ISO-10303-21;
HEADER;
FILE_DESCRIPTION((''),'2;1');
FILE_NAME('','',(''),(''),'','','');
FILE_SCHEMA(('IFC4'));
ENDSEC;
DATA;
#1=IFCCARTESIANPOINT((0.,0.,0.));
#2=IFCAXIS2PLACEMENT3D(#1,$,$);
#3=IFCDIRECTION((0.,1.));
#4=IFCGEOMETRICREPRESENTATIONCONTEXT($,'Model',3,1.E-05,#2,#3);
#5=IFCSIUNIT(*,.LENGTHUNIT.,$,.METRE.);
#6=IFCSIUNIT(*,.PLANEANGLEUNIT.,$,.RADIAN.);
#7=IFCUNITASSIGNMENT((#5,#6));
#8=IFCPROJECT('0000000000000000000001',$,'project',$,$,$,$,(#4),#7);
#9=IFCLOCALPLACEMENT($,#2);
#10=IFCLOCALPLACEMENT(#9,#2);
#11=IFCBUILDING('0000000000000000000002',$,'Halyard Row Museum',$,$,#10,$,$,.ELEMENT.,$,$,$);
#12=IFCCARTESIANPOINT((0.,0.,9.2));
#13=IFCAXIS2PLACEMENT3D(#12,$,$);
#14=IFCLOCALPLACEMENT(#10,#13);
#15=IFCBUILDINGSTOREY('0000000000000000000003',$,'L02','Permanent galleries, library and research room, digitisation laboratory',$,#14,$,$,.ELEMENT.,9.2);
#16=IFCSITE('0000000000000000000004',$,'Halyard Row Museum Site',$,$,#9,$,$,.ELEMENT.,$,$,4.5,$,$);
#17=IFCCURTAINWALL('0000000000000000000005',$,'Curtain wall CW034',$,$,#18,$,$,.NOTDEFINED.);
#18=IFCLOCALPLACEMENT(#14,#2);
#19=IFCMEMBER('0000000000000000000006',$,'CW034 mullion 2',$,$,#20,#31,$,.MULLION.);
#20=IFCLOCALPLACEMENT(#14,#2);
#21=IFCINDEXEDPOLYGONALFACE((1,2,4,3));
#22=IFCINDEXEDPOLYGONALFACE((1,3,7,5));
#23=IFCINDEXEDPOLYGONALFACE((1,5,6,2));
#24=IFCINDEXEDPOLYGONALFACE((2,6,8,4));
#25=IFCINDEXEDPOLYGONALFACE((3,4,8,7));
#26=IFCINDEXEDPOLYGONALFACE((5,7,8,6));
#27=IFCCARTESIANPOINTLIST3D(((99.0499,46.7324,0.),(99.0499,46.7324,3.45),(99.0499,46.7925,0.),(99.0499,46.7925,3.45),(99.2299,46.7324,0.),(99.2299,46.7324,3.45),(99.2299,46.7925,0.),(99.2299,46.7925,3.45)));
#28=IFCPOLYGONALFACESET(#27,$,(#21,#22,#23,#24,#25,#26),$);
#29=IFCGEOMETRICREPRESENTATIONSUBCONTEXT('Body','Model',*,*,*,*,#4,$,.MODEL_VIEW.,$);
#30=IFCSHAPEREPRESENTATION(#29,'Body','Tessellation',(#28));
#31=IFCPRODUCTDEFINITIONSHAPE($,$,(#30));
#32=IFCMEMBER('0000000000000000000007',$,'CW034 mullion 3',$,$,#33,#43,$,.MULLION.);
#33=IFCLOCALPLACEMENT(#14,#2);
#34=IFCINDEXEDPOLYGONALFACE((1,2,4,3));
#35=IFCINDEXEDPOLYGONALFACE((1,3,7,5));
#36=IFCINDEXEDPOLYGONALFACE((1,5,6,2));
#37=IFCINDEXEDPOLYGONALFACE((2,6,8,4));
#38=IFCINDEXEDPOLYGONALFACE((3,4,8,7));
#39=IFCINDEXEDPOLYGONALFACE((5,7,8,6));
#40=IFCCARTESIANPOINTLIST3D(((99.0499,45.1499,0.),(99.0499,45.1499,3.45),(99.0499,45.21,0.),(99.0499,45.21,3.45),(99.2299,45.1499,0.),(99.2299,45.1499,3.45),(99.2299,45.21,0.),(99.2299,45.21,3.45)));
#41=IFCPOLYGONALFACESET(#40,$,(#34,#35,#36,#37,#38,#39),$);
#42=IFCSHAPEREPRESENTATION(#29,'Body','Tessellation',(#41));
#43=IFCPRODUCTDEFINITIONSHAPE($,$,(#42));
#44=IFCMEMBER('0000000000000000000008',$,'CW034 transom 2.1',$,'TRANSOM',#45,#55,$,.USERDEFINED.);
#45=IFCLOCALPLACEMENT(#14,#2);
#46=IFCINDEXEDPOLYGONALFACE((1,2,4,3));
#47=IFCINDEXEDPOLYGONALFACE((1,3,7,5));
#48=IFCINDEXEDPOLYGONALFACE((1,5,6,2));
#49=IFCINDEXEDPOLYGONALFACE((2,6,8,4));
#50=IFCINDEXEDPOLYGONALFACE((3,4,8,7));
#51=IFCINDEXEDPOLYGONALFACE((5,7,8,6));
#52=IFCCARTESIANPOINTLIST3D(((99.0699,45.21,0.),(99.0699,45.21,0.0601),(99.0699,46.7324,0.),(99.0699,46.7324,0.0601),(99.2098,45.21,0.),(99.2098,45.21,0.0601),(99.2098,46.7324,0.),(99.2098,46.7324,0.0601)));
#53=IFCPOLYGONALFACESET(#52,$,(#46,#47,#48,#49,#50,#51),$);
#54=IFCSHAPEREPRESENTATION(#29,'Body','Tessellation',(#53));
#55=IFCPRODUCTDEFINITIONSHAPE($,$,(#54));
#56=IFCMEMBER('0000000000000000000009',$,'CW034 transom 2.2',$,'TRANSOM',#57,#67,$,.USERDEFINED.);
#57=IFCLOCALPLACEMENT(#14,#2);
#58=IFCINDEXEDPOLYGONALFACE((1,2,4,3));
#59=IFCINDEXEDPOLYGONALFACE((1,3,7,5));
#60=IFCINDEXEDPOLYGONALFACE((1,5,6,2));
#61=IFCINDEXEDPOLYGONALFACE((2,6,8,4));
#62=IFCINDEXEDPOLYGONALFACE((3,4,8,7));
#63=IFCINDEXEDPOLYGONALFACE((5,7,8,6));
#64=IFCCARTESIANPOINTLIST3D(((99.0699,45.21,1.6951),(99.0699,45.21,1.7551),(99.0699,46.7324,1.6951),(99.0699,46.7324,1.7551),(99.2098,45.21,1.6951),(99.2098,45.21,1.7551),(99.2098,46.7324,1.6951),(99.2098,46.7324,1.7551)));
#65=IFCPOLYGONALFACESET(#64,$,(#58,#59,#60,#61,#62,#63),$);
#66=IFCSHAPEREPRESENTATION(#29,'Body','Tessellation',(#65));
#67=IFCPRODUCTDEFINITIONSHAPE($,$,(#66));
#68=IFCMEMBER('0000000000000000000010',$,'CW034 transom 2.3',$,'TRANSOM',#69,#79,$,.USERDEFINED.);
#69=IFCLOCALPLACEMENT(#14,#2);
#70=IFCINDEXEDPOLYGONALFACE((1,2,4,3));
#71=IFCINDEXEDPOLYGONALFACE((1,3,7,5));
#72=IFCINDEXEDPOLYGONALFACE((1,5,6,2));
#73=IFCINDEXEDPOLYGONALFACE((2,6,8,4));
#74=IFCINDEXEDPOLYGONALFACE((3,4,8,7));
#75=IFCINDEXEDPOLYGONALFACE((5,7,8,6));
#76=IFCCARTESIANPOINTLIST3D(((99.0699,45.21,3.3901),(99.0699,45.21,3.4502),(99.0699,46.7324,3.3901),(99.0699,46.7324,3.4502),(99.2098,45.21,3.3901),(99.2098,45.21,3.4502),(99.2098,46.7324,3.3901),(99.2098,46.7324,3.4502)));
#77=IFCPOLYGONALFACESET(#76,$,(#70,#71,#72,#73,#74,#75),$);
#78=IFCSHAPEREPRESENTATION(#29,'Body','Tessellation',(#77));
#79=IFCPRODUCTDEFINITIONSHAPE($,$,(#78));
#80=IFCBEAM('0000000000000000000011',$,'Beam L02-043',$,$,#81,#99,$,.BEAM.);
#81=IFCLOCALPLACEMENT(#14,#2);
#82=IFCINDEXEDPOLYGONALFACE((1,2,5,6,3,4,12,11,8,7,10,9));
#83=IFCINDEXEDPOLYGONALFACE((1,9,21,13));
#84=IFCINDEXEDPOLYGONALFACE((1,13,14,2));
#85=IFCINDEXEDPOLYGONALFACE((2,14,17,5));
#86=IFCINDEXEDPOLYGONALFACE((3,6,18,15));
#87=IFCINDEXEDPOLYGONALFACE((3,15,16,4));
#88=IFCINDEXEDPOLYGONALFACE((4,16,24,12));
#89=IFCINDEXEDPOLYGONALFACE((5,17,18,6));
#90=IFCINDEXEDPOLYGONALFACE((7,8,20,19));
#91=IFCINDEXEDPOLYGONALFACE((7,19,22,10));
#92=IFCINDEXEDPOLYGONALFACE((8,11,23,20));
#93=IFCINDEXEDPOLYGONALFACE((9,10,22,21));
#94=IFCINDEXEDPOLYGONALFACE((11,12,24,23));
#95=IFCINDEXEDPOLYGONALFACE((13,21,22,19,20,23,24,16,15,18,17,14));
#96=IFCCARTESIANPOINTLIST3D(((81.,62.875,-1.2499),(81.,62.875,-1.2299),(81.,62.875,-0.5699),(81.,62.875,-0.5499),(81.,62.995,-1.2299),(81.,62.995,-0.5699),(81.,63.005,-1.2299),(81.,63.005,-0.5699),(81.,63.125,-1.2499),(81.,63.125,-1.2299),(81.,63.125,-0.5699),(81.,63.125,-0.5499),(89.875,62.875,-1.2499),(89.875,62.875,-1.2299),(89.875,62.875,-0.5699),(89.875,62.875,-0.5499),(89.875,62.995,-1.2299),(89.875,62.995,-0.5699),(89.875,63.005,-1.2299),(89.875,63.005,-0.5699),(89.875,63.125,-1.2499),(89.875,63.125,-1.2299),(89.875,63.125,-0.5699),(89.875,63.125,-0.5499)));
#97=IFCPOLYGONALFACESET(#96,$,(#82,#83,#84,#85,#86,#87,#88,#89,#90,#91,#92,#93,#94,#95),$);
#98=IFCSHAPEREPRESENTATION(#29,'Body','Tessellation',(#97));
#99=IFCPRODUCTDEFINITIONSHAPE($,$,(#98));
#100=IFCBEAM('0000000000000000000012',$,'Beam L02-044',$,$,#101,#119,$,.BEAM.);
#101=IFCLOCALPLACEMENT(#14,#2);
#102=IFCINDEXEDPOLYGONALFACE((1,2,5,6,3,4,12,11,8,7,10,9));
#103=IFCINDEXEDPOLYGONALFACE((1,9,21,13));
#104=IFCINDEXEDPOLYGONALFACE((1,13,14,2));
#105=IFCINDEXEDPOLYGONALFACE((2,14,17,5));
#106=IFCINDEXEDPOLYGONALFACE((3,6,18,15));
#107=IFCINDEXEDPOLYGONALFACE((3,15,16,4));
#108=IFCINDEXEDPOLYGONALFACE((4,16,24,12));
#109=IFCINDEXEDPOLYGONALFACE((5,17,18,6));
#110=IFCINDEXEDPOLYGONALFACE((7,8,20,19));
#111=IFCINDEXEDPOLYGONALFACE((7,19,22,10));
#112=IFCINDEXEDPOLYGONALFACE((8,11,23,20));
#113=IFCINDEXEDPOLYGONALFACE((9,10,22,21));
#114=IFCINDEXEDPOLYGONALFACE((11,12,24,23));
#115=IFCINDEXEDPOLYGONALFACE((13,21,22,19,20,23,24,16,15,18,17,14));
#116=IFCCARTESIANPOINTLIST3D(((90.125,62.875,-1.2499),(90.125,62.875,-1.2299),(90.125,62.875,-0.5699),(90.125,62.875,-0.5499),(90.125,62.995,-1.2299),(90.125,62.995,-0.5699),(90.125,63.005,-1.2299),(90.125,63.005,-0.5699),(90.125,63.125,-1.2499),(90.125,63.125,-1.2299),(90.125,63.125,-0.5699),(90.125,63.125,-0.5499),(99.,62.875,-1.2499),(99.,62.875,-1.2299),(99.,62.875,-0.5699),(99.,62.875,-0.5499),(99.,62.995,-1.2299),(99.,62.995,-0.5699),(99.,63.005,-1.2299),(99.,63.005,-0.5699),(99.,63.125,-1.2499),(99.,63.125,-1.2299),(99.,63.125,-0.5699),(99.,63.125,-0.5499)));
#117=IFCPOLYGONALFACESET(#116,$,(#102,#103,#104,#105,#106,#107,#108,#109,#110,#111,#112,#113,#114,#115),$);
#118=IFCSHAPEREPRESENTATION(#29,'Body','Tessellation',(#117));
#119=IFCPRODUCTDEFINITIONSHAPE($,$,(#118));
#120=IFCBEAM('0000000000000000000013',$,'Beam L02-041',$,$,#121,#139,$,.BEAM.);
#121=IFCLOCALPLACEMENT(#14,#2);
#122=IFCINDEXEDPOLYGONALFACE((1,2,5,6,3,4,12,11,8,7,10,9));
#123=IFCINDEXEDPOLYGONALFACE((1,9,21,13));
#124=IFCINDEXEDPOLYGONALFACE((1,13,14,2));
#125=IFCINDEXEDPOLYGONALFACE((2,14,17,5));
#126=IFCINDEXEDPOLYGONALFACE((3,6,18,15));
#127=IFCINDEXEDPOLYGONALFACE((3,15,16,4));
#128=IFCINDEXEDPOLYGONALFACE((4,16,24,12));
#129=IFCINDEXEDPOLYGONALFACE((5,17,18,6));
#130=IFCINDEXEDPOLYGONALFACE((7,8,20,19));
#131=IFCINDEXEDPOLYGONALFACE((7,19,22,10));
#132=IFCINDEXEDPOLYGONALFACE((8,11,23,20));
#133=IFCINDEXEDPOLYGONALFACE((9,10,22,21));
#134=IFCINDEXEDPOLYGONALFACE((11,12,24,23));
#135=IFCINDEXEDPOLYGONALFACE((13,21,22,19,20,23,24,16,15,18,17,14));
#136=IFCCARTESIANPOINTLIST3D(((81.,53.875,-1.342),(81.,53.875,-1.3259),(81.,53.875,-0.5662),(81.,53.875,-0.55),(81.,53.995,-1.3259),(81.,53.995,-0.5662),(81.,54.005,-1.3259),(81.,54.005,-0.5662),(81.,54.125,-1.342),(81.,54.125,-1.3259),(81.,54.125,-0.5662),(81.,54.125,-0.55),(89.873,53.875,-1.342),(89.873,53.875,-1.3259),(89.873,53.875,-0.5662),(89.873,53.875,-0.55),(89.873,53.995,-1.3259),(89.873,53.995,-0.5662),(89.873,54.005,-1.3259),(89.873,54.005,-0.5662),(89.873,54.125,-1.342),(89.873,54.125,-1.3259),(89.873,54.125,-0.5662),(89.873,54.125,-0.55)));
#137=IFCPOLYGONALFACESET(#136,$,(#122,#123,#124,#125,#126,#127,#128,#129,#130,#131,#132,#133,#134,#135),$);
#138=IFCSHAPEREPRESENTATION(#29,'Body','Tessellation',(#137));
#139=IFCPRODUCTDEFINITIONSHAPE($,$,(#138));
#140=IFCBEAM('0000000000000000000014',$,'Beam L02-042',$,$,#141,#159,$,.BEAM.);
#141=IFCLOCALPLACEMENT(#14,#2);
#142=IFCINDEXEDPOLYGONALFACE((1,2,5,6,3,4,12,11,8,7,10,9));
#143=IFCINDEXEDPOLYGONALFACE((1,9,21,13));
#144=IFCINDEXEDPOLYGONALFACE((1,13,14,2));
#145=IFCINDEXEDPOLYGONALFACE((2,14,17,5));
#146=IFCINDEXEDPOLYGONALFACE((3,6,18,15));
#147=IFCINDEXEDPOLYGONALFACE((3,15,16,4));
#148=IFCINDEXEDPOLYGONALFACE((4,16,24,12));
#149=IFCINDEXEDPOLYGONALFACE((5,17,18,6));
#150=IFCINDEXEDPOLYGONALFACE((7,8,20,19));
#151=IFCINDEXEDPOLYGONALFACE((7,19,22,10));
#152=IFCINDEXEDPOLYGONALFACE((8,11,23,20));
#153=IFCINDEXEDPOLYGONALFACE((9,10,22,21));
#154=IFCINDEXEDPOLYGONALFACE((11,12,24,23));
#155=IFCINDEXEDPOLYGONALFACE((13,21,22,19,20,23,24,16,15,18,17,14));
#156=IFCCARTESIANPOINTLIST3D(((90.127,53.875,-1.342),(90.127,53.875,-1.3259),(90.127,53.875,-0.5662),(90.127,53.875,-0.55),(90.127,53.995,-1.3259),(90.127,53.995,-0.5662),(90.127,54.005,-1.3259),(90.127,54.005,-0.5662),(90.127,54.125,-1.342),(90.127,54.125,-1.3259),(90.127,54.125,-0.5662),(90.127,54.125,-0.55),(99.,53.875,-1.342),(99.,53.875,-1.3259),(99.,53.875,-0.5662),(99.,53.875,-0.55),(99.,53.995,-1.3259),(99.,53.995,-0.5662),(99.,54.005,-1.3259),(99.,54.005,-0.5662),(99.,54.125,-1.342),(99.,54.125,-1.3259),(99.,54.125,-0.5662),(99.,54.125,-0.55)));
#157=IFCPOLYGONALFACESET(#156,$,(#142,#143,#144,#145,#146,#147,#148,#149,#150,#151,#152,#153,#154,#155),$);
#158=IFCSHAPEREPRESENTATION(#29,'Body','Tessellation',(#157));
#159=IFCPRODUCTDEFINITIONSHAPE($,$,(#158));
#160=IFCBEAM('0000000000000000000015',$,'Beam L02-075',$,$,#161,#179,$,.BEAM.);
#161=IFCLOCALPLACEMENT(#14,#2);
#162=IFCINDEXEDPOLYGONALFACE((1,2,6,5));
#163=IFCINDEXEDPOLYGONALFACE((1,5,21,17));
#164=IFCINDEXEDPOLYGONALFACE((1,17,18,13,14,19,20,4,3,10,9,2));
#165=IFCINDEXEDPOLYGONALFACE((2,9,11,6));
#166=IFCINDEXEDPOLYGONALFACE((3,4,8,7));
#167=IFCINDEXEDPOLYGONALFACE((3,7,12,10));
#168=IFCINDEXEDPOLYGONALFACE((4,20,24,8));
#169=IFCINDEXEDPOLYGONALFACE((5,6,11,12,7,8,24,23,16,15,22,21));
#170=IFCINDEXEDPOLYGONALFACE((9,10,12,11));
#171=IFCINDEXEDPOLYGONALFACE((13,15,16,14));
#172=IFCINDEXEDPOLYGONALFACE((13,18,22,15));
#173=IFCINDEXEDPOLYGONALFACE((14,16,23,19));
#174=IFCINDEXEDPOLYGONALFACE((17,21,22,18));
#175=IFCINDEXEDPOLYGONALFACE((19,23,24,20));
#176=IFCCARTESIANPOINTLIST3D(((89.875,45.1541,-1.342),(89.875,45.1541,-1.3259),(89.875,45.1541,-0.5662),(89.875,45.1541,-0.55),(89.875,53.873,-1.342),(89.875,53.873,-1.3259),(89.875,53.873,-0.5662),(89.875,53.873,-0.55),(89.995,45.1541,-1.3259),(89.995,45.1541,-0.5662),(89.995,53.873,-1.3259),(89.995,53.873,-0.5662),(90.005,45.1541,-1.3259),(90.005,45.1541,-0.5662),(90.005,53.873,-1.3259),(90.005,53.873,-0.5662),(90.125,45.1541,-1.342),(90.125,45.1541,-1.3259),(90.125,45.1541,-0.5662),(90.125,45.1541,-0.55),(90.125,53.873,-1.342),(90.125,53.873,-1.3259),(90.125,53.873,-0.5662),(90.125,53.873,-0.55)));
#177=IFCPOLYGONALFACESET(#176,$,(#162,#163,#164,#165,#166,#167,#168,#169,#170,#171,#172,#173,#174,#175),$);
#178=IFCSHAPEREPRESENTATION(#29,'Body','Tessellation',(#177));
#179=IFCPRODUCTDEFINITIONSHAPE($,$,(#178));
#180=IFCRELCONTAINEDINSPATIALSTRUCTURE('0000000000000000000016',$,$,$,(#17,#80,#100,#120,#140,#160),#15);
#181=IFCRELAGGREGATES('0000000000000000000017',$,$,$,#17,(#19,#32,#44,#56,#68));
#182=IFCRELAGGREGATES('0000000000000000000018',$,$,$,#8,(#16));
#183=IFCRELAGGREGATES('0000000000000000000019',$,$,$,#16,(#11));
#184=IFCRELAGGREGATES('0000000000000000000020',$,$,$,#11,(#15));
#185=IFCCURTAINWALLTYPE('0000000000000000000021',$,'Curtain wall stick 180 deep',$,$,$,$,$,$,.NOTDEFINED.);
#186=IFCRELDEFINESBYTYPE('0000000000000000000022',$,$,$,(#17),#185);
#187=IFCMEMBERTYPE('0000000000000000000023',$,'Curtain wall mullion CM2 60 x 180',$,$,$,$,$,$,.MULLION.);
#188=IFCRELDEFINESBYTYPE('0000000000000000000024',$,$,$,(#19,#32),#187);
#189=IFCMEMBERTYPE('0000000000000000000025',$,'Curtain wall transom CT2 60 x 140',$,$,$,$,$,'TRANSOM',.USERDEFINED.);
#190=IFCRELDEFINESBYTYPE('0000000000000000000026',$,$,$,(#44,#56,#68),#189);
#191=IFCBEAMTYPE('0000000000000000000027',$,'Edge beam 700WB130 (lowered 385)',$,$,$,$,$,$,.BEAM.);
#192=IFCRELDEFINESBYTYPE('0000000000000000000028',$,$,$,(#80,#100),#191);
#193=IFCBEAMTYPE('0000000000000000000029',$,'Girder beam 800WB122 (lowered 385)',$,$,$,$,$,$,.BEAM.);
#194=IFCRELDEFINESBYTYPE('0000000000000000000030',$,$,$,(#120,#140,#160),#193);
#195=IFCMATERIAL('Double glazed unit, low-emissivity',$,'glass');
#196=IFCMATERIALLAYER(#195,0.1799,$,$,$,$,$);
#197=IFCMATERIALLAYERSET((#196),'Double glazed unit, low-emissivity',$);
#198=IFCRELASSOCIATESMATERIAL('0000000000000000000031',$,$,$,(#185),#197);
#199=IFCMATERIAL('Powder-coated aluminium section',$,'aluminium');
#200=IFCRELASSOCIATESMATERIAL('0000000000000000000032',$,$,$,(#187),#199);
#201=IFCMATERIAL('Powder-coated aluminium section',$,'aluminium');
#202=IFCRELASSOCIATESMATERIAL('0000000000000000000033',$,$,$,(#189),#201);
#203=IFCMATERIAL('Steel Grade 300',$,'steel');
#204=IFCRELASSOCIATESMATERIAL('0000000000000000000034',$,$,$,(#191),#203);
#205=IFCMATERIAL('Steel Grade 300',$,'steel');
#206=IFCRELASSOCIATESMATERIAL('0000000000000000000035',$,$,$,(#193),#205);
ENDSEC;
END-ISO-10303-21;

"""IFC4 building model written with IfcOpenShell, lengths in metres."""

from ifc_helpers import new_model, si_unit, direction, frame, origin, origin_2d, place, context, subcontext, project, spatial, rectangle, i_section, extrude, material, layer, layer_set, material_profile, profile_set, type_object, element, aggregate, save


model = new_model("IFC4")

# Units and contexts
model_context = context("Model", 3, precision=1e-05, world=origin(), true_north=direction((0.0, 1.0)))
body_context = subcontext(model_context, "Body", "Model", "MODEL_VIEW")
ifc_project = project(units=[si_unit("LENGTHUNIT", "METRE"), si_unit("PLANEANGLEUNIT", "RADIAN")], contexts=[model_context])

# Site, building, storey
site_placement = place(None, origin())
site = spatial("IfcSite", under=ifc_project, at=site_placement, Name="Halyard Row Museum Site", CompositionType="ELEMENT", RefElevation=4.5)
building_placement = place(site_placement, origin())
building = spatial("IfcBuilding", under=site, at=building_placement, Name="Halyard Row Museum", CompositionType="ELEMENT")
storey_placement = place(building_placement, frame((0.0, 0.0, 9.2)))
storey = spatial("IfcBuildingStorey", under=building, at=storey_placement, Name="L02", Description="Permanent galleries, library and research room, digitisation laboratory", CompositionType="ELEMENT", Elevation=9.2)

# Curtain wall, members
ifc_material_1 = material(Name="Double glazed unit, low-emissivity", Category="glass")
ifc_layer_1 = layer(ifc_material_1, 0.1799)
ifc_layer_set_1 = layer_set([ifc_layer_1], Name="Double glazed unit, low-emissivity")
curtain_wall_type = type_object("IfcCurtainWallType", Name="Curtain wall stick 180 deep", PredefinedType="NOTDEFINED", material=ifc_layer_set_1)
curtain_wall_placement = place(storey_placement, origin())
curtain_wall = element("IfcCurtainWall", 1, at=curtain_wall_placement, inside=storey, type_object=curtain_wall_type, Name="Curtain wall CW034", PredefinedType="NOTDEFINED")
ifc_material_2 = material(Name="Powder-coated aluminium section", Category="aluminium")
ifc_material_profile_1 = material_profile(ifc_material_2, rectangle(XDim=0.1799, YDim=0.0601, at=origin_2d()), Name="180x60 mullion")
ifc_profile_set_1 = profile_set([ifc_material_profile_1], Name="Powder-coated aluminium section")
member_type_1 = type_object("IfcMemberType", Name="Curtain wall mullion CM2 60 x 180", PredefinedType="MULLION", material=ifc_profile_set_1)
member_1_placement = place(storey_placement, frame((99.1399, 46.7625, 0.0), z_axis=(0.0, 0.0, 1.0), x_axis=(1.0, 0.0, 0.0)))
member_1 = element("IfcMember", 2, at=member_1_placement, type_object=member_type_1, Name="CW034 mullion 2", PredefinedType="MULLION", context=body_context, shape_type="SweptSolid", body=[
    extrude(rectangle(XDim=0.1799, YDim=0.0601, at=origin_2d()), origin(), (0.0, 0.0, 1.0), 3.45),
])
member_2_placement = place(storey_placement, frame((99.1399, 45.1799, 0.0), z_axis=(0.0, 0.0, 1.0), x_axis=(1.0, 0.0, 0.0)))
member_2 = element("IfcMember", 3, at=member_2_placement, type_object=member_type_1, Name="CW034 mullion 3", PredefinedType="MULLION", context=body_context, shape_type="SweptSolid", body=[
    extrude(rectangle(XDim=0.1799, YDim=0.0601, at=origin_2d()), origin(), (0.0, 0.0, 1.0), 3.45),
])
ifc_material_3 = material(Name="Powder-coated aluminium section", Category="aluminium")
ifc_material_profile_2 = material_profile(ifc_material_3, rectangle(XDim=0.1399, YDim=0.0601, at=origin_2d()), Name="140x60 transom")
ifc_profile_set_2 = profile_set([ifc_material_profile_2], Name="Powder-coated aluminium section")
member_type_2 = type_object("IfcMemberType", Name="Curtain wall transom CT2 60 x 140", ElementType="TRANSOM", PredefinedType="USERDEFINED", material=ifc_profile_set_2)
member_3_placement = place(storey_placement, frame((99.1399, 46.7324, 0.03), z_axis=(0.0, -1.0, 0.0), x_axis=(1.0, 0.0, 0.0)))
member_3 = element("IfcMember", 4, at=member_3_placement, type_object=member_type_2, Name="CW034 transom 2.1", ObjectType="TRANSOM", PredefinedType="USERDEFINED", context=body_context, shape_type="SweptSolid", body=[
    extrude(rectangle(XDim=0.1399, YDim=0.0601, at=origin_2d()), origin(), (0.0, 0.0, 1.0), 1.5225),
])
member_4_placement = place(storey_placement, frame((99.1399, 46.7324, 1.7251), z_axis=(0.0, -1.0, 0.0), x_axis=(1.0, 0.0, 0.0)))
member_4 = element("IfcMember", 5, at=member_4_placement, type_object=member_type_2, Name="CW034 transom 2.2", ObjectType="TRANSOM", PredefinedType="USERDEFINED", context=body_context, shape_type="SweptSolid", body=[
    extrude(rectangle(XDim=0.1399, YDim=0.0601, at=origin_2d()), origin(), (0.0, 0.0, 1.0), 1.5225),
])
member_5_placement = place(storey_placement, frame((99.1399, 46.7324, 3.4202), z_axis=(0.0, -1.0, 0.0), x_axis=(1.0, 0.0, 0.0)))
member_5 = element("IfcMember", 6, at=member_5_placement, type_object=member_type_2, Name="CW034 transom 2.3", ObjectType="TRANSOM", PredefinedType="USERDEFINED", context=body_context, shape_type="SweptSolid", body=[
    extrude(rectangle(XDim=0.1399, YDim=0.0601, at=origin_2d()), origin(), (0.0, 0.0, 1.0), 1.5225),
])

# Beams
ifc_material_4 = material(Name="Steel Grade 300", Category="steel")
ifc_material_profile_3 = material_profile(ifc_material_4, i_section(OverallWidth=0.25, OverallDepth=0.7, WebThickness=0.01, FlangeThickness=0.02, at=origin_2d()), Name="700WB130")
ifc_profile_set_3 = profile_set([ifc_material_profile_3], Name="Steel Grade 300")
beam_type_1 = type_object("IfcBeamType", Name="Edge beam 700WB130 (lowered 385)", PredefinedType="BEAM", material=ifc_profile_set_3)
for number, where, z_axis, x_axis, name in (
    (7, (81.0, 63.0, -0.8999), (1.0, 0.0, 0.0), (0.0, 1.0, 0.0), "Beam L02-043"),
    (8, (90.125, 63.0, -0.8999), (1.0, 0.0, 0.0), (0.0, 1.0, 0.0), "Beam L02-044"),
):
    element("IfcBeam", number, at=place(storey_placement, frame(where, z_axis=z_axis, x_axis=x_axis)), inside=storey, type_object=beam_type_1, Name=name, PredefinedType="BEAM", context=body_context, shape_type="SweptSolid", body=[
        extrude(i_section(OverallWidth=0.25, OverallDepth=0.7, WebThickness=0.01, FlangeThickness=0.02, at=origin_2d()), origin(), (0.0, 0.0, 1.0), 8.875),
    ])
ifc_material_5 = material(Name="Steel Grade 300", Category="steel")
ifc_material_profile_4 = material_profile(ifc_material_5, i_section(OverallWidth=0.25, OverallDepth=0.792, WebThickness=0.01, FlangeThickness=0.0161, at=origin_2d()), Name="800WB122")
ifc_profile_set_4 = profile_set([ifc_material_profile_4], Name="Steel Grade 300")
beam_type_2 = type_object("IfcBeamType", Name="Girder beam 800WB122 (lowered 385)", PredefinedType="BEAM", material=ifc_profile_set_4)
for number, where, z_axis, x_axis, name in (
    (9, (81.0, 54.0, -0.946), (1.0, 0.0, 0.0), (0.0, 1.0, 0.0), "Beam L02-041"),
    (10, (90.127, 54.0, -0.946), (1.0, 0.0, 0.0), (0.0, 1.0, 0.0), "Beam L02-042"),
):
    element("IfcBeam", number, at=place(storey_placement, frame(where, z_axis=z_axis, x_axis=x_axis)), inside=storey, type_object=beam_type_2, Name=name, PredefinedType="BEAM", context=body_context, shape_type="SweptSolid", body=[
        extrude(i_section(OverallWidth=0.25, OverallDepth=0.792, WebThickness=0.01, FlangeThickness=0.0161, at=origin_2d()), origin(), (0.0, 0.0, 1.0), 8.873),
    ])
beam_1_placement = place(storey_placement, frame((90.0, 45.1541, -0.946), z_axis=(0.0, 1.0, 0.0), x_axis=(-1.0, 0.0, 0.0)))
element("IfcBeam", 11, at=beam_1_placement, inside=storey, type_object=beam_type_2, Name="Beam L02-075", PredefinedType="BEAM", context=body_context, shape_type="SweptSolid", body=[
    extrude(i_section(OverallWidth=0.25, OverallDepth=0.792, WebThickness=0.01, FlangeThickness=0.0161, at=origin_2d()), origin(), (0.0, 0.0, 1.0), 8.719),
])

aggregate(curtain_wall, [member_1, member_2, member_3, member_4, member_5])

save(model, "model.ifc")
